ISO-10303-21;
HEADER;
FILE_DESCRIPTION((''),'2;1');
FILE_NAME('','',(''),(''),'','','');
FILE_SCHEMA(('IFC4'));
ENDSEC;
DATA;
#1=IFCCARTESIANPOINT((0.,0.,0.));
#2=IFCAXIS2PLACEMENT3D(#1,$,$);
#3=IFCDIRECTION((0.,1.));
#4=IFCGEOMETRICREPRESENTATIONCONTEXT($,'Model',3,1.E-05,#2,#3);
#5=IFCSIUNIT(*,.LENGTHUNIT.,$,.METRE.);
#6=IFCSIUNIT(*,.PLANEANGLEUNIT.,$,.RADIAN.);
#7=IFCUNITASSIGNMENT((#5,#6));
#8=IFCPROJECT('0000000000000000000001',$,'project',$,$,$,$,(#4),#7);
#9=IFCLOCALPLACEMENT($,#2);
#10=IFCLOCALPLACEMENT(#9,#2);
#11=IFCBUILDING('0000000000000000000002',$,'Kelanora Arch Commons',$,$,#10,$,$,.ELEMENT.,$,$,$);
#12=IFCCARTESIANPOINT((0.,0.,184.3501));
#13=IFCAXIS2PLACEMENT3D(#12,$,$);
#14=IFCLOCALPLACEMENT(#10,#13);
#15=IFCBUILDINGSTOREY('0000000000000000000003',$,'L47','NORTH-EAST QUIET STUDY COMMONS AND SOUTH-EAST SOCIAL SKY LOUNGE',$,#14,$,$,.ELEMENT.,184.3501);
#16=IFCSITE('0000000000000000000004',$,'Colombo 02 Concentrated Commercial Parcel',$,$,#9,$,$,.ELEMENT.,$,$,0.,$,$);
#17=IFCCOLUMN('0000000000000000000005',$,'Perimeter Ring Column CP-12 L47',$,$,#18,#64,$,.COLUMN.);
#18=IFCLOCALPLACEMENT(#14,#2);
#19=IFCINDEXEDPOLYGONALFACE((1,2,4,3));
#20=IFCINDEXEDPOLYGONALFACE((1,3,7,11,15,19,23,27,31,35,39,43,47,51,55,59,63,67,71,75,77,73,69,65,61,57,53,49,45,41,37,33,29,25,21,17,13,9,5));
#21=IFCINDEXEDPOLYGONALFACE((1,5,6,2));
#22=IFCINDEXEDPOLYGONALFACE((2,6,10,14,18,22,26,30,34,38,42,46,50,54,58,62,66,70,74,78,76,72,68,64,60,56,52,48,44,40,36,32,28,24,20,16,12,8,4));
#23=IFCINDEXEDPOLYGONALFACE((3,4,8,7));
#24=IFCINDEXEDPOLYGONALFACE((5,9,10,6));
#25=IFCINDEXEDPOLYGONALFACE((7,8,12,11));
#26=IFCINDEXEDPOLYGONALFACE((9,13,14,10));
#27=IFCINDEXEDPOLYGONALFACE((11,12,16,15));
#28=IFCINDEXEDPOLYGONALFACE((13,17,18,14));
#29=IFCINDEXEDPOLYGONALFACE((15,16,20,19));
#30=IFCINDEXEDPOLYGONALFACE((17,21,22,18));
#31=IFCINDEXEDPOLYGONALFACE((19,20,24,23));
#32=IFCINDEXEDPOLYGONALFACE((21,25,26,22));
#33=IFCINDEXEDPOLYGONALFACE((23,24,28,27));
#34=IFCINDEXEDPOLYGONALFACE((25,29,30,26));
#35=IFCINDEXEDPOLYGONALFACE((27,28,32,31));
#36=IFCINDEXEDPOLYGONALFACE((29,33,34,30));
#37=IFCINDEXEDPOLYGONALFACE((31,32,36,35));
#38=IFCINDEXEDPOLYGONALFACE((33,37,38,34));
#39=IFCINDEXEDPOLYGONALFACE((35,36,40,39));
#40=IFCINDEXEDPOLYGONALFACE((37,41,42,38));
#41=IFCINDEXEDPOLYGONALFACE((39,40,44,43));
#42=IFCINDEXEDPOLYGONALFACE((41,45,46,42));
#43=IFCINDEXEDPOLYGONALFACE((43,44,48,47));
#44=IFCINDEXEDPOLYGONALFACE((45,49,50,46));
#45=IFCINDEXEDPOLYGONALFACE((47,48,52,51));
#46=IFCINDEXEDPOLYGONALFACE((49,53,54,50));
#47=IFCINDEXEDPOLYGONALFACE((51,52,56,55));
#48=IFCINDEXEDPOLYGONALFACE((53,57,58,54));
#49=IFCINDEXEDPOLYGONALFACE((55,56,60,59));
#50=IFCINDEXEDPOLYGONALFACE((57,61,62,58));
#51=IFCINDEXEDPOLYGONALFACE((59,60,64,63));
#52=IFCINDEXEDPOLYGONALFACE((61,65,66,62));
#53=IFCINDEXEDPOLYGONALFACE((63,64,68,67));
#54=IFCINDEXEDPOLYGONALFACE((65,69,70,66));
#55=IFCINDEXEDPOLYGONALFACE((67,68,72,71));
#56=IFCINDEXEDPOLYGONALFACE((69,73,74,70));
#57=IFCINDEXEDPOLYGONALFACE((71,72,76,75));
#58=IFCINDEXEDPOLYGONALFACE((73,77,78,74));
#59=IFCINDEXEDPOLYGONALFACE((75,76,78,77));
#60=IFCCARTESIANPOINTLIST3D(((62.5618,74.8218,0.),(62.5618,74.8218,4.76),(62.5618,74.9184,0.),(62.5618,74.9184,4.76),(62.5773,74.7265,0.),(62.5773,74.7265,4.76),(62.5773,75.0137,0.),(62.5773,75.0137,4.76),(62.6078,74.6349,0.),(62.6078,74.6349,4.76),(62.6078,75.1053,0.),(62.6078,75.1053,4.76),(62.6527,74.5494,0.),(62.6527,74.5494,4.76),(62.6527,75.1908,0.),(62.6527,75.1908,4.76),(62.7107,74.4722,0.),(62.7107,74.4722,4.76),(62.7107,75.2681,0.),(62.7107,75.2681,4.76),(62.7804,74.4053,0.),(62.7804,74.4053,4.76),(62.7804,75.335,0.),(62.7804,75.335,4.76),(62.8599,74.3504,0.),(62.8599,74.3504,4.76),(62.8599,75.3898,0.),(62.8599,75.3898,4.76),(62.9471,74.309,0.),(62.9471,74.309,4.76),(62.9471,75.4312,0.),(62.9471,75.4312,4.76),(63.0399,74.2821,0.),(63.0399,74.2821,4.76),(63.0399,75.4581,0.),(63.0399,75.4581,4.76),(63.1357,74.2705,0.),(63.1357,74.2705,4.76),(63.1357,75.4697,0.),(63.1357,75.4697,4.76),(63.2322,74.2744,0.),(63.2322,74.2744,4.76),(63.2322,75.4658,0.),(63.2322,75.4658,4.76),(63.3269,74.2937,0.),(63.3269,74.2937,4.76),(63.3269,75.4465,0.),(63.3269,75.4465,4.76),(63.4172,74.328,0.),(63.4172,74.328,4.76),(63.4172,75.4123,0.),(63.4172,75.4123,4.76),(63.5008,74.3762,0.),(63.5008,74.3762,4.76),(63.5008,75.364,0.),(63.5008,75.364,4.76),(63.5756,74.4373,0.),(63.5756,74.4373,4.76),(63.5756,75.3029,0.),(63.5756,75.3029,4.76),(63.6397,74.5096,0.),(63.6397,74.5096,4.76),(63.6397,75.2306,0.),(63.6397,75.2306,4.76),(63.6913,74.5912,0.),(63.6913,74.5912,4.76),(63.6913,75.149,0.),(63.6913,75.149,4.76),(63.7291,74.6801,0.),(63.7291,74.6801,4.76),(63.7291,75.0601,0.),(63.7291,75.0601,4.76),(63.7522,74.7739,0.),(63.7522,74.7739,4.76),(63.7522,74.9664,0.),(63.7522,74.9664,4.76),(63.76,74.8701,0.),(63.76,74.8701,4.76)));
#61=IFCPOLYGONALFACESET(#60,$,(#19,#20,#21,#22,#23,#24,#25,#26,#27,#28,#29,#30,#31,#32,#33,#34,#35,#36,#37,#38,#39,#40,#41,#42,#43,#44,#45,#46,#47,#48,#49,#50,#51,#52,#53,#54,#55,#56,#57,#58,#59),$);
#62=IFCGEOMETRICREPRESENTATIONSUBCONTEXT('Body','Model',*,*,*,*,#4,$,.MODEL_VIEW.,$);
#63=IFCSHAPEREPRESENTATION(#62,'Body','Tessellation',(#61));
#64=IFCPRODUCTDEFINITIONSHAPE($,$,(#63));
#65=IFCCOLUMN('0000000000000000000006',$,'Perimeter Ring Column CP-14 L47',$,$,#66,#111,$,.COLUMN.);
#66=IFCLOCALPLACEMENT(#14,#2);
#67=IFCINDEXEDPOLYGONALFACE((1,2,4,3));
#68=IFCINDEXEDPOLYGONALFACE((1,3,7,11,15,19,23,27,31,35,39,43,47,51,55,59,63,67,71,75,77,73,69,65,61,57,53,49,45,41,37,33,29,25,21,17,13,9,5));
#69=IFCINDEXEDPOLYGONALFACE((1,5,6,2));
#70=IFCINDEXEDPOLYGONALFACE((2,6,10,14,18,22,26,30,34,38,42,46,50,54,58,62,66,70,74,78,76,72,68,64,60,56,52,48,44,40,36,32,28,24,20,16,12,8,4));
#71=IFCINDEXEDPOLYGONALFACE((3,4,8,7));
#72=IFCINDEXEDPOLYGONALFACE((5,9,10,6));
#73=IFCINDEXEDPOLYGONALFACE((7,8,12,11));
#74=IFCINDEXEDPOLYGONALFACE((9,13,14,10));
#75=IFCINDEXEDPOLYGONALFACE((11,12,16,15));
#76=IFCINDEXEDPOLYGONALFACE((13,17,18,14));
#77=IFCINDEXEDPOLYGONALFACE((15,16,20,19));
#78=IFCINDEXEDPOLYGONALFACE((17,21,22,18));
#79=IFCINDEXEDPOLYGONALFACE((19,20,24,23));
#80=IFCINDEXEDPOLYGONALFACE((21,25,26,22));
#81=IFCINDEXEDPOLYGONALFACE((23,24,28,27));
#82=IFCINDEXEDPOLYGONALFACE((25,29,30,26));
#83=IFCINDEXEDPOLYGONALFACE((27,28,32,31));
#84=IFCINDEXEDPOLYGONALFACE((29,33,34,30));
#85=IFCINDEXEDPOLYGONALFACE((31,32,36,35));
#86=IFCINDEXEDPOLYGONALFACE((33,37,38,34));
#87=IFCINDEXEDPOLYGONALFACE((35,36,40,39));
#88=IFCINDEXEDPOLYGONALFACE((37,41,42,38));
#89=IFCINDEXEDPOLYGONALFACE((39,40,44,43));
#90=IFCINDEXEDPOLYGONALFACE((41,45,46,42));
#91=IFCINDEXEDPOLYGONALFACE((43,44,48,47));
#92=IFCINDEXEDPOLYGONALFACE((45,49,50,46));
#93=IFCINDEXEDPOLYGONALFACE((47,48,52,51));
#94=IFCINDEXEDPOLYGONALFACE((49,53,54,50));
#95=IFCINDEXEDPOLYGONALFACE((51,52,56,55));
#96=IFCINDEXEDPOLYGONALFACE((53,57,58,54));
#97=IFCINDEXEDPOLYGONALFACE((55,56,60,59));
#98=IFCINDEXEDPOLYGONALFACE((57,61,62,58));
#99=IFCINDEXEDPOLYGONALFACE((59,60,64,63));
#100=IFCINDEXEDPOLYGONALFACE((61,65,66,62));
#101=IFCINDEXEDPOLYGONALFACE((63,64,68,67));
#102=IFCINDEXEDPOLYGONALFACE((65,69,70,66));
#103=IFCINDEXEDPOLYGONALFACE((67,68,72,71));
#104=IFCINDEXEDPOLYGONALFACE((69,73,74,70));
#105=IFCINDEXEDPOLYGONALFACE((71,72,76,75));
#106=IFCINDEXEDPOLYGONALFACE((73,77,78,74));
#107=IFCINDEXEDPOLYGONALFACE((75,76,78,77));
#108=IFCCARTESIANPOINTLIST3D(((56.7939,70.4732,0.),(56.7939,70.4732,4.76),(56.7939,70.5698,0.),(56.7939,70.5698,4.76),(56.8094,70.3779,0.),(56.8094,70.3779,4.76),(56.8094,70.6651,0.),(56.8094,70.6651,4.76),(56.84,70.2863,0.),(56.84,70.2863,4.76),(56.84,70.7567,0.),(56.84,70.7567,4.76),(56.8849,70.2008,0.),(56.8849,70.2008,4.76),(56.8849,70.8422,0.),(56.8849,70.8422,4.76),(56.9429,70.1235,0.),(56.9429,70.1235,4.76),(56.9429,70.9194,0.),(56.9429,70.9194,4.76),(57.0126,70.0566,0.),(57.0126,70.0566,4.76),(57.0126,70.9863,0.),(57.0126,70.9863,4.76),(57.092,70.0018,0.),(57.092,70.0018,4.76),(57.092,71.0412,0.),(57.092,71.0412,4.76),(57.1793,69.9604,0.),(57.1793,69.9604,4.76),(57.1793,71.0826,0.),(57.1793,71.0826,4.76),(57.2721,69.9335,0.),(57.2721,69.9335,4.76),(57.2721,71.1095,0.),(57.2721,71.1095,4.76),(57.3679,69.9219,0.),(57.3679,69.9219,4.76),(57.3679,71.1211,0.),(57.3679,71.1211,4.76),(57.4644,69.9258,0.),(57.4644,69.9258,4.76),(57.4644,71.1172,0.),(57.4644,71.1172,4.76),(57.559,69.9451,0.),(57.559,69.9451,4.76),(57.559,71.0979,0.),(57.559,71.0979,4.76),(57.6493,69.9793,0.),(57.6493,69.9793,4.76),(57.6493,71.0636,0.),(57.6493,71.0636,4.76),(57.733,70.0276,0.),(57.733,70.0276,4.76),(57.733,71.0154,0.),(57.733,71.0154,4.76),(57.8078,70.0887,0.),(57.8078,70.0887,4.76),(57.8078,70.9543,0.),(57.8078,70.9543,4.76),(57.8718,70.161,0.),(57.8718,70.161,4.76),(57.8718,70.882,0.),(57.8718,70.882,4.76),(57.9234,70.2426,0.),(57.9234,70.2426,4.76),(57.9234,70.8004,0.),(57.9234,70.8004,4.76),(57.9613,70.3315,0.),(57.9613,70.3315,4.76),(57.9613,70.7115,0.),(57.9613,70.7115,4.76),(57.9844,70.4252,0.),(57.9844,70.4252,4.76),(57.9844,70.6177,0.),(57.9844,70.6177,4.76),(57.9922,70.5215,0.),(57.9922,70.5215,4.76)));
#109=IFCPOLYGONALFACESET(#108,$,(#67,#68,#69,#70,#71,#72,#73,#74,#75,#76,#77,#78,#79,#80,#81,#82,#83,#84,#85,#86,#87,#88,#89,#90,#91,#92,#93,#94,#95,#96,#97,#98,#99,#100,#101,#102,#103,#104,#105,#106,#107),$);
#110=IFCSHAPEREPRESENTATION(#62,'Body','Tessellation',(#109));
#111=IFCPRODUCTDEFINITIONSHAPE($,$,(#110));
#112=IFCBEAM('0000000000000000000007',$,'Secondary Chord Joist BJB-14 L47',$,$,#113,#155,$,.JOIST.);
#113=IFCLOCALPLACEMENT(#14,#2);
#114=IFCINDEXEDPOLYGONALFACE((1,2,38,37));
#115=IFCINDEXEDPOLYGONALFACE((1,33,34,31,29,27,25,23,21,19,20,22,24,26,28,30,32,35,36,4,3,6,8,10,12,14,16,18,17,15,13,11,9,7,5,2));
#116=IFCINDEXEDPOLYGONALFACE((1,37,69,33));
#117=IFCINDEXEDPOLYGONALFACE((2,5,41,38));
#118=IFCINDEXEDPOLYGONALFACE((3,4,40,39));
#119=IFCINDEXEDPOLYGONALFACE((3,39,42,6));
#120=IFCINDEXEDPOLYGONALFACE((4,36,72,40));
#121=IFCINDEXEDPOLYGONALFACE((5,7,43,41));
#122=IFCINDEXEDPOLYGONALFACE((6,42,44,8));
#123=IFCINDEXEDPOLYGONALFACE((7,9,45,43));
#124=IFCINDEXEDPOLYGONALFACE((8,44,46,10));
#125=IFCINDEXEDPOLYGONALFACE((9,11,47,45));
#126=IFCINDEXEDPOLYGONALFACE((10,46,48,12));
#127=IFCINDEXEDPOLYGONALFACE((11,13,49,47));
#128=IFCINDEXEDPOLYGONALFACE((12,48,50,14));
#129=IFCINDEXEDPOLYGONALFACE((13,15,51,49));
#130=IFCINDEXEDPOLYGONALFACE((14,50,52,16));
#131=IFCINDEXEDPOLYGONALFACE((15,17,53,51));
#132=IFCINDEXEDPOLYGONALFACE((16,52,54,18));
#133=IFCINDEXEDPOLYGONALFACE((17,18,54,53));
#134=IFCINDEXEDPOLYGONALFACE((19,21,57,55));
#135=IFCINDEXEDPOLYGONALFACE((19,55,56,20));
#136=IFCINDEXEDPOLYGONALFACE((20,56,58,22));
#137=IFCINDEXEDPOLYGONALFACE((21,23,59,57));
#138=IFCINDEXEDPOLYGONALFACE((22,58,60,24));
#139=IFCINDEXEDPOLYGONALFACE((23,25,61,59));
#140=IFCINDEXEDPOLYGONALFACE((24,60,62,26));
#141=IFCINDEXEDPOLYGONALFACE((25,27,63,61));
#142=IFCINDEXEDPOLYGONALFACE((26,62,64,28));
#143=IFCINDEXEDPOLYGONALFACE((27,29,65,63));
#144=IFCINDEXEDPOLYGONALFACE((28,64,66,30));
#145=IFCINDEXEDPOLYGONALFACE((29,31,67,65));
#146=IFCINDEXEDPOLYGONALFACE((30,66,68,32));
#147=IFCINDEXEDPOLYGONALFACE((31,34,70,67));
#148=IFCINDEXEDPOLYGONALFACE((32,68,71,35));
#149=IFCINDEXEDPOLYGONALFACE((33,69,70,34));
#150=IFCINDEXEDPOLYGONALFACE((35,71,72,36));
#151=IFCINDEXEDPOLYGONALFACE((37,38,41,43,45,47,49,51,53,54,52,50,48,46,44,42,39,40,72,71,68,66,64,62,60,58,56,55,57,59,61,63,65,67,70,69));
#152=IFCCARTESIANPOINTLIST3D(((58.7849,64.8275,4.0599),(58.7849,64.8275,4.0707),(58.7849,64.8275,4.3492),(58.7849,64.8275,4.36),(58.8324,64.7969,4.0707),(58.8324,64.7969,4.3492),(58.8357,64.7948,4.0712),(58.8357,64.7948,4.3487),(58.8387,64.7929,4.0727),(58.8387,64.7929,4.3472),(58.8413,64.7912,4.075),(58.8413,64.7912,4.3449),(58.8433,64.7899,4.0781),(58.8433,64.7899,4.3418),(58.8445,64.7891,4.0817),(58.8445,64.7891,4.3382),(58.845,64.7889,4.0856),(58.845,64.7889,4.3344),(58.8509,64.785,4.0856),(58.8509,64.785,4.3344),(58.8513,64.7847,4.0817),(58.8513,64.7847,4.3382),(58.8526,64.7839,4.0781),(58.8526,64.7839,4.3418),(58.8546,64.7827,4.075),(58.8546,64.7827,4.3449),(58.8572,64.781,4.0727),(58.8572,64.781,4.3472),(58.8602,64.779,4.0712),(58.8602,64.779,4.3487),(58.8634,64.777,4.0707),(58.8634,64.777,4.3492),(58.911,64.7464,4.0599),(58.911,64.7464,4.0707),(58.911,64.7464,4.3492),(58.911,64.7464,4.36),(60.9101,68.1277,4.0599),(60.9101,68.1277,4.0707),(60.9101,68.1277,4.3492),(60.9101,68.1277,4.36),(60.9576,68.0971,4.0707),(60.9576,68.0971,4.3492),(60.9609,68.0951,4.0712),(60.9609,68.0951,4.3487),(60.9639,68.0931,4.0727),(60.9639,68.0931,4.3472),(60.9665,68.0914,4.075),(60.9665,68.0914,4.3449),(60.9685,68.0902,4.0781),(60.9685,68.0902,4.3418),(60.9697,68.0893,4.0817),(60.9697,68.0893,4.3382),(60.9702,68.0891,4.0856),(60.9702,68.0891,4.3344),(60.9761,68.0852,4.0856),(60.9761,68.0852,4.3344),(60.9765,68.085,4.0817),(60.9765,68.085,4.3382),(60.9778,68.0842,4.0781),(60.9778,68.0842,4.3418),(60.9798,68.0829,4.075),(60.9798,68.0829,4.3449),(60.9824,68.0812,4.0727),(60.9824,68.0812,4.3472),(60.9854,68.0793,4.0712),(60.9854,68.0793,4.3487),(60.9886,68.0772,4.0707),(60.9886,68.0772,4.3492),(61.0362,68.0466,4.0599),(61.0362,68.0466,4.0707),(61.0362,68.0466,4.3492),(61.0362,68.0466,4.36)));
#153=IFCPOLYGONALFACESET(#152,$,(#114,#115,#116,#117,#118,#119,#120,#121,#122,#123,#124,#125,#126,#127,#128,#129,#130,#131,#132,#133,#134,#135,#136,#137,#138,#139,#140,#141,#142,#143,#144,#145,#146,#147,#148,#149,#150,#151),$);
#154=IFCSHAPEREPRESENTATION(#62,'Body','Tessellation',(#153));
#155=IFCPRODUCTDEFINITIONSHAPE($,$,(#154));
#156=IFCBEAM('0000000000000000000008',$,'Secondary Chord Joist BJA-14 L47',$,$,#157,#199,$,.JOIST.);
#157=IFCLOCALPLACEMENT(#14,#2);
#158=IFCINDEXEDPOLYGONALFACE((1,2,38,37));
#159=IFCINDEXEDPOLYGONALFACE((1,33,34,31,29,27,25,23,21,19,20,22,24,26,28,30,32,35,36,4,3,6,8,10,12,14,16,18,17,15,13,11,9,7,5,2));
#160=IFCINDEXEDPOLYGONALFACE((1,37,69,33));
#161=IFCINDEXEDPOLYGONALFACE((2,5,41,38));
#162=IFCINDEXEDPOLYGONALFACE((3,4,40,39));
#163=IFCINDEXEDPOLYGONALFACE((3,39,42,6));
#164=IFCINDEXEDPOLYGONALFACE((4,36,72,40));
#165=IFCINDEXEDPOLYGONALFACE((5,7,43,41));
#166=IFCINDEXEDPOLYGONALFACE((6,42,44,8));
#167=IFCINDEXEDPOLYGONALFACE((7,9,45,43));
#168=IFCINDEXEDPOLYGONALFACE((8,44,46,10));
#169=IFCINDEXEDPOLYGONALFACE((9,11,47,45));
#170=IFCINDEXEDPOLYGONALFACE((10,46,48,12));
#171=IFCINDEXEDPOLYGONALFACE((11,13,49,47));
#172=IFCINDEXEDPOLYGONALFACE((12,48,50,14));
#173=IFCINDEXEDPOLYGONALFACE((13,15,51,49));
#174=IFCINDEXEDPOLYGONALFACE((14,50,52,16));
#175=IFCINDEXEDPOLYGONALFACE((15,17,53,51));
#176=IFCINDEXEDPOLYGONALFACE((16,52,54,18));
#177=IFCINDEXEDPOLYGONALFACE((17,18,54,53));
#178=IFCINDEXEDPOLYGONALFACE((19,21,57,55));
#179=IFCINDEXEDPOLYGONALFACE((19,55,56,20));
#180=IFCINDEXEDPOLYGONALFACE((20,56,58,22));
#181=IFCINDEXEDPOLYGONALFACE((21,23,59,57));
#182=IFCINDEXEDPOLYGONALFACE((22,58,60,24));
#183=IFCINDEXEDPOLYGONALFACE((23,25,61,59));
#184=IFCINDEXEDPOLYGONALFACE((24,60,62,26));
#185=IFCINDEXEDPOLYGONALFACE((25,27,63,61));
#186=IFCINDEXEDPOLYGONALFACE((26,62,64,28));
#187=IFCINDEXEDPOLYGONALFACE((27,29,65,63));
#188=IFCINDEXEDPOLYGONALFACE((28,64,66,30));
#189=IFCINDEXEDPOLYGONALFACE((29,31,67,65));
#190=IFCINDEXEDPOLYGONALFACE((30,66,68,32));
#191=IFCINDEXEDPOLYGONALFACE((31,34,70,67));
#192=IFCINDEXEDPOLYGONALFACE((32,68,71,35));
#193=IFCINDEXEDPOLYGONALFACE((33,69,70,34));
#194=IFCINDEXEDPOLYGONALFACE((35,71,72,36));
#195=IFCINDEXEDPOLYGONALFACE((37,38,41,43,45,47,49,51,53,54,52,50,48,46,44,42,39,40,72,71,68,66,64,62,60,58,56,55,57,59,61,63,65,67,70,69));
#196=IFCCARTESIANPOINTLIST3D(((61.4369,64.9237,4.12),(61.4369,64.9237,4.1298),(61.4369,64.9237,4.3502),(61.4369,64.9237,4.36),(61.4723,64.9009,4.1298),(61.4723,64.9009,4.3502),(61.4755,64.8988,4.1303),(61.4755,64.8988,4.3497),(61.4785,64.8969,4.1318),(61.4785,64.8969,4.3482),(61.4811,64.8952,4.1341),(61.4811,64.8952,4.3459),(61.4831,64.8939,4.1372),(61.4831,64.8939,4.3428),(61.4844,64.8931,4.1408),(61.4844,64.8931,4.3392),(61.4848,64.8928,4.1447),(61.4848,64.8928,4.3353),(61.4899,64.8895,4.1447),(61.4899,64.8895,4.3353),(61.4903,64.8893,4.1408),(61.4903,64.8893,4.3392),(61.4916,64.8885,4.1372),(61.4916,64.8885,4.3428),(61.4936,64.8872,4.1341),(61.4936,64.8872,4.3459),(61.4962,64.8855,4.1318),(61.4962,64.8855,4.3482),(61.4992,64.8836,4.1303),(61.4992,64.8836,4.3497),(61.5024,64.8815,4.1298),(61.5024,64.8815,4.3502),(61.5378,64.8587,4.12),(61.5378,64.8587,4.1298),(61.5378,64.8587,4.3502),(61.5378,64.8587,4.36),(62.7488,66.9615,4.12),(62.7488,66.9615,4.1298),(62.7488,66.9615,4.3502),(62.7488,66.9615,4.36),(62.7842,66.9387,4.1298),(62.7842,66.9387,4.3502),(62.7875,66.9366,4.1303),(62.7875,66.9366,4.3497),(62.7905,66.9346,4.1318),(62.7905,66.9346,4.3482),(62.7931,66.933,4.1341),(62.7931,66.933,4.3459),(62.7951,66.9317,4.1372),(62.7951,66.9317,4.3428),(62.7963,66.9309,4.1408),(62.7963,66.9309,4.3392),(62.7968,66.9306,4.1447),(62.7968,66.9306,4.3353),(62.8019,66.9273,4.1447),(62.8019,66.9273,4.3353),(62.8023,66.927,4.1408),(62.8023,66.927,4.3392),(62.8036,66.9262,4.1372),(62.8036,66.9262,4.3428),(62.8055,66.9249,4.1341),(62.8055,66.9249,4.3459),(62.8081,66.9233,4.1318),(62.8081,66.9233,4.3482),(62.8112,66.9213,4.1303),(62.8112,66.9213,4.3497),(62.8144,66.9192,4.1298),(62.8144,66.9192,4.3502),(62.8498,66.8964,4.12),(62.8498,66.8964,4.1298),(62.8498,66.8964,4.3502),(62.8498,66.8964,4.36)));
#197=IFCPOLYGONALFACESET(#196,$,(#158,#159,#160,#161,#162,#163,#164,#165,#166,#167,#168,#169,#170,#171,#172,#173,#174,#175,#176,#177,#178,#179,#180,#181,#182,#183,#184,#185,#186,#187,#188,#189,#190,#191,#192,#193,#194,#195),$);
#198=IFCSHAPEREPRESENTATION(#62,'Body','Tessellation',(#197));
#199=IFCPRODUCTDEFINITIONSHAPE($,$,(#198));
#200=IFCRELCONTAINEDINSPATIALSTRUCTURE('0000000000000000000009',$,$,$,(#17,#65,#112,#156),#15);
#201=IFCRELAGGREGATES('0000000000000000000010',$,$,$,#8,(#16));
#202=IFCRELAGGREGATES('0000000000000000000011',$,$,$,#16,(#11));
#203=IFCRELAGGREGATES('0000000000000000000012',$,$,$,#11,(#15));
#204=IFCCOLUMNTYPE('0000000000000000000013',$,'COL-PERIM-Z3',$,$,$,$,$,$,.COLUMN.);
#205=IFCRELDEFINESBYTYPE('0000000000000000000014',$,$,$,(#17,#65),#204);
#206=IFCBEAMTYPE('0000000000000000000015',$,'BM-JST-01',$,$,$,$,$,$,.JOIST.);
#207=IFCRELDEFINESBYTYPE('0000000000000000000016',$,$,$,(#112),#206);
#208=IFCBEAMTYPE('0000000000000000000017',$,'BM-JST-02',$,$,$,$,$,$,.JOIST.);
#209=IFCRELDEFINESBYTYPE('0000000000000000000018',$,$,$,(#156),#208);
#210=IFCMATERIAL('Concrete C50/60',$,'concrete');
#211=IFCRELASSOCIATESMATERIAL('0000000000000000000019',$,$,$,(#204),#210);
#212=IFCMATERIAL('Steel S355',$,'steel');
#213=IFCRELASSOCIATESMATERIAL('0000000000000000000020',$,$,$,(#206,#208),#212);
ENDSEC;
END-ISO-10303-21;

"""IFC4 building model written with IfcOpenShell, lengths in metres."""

from ifc_helpers import new_model, si_unit, direction, frame, origin, origin_2d, place, context, subcontext, project, spatial, circle, i_section, extrude, material, material_profile, profile_set, type_object, element, save


model = new_model("IFC4")

# Units and contexts
model_context = context("Model", 3, precision=1e-05, world=origin(), true_north=direction((0.0, 1.0)))
body_context = subcontext(model_context, "Body", "Model", "MODEL_VIEW")
ifc_project = project(units=[si_unit("LENGTHUNIT", "METRE"), si_unit("PLANEANGLEUNIT", "RADIAN")], contexts=[model_context])

# Site, building, storey
site_placement = place(None, origin())
site = spatial("IfcSite", under=ifc_project, at=site_placement, Name="Colombo 02 Concentrated Commercial Parcel", CompositionType="ELEMENT", RefElevation=0.0)
building_placement = place(site_placement, origin())
building = spatial("IfcBuilding", under=site, at=building_placement, Name="Kelanora Arch Commons", CompositionType="ELEMENT")
storey_placement = place(building_placement, frame((0.0, 0.0, 184.3501)))
storey = spatial("IfcBuildingStorey", under=building, at=storey_placement, Name="L47", Description="NORTH-EAST QUIET STUDY COMMONS AND SOUTH-EAST SOCIAL SKY LOUNGE", CompositionType="ELEMENT", Elevation=184.3501)

# Columns
ifc_material_1 = material(Name="Concrete C50/60", Category="concrete")
ifc_material_profile_1 = material_profile(ifc_material_1, circle(Radius=0.6001, at=origin_2d()), Name="RCC1200")
ifc_profile_set_1 = profile_set([ifc_material_profile_1], Name="Concrete C50/60")
column_type = type_object("IfcColumnType", Name="COL-PERIM-Z3", PredefinedType="COLUMN", material=ifc_profile_set_1)
for number, where, z_axis, x_axis, name in (
    (1, (63.1599, 74.8701, 0.0), (0.0, 0.0, 1.0), (1.0, 0.0, 0.0), "Perimeter Ring Column CP-12 L47"),
    (2, (57.3921, 70.5215, 0.0), (0.0, 0.0, 1.0), (1.0, 0.0, 0.0), "Perimeter Ring Column CP-14 L47"),
):
    element("IfcColumn", number, at=place(storey_placement, frame(where, z_axis=z_axis, x_axis=x_axis)), inside=storey, type_object=column_type, Name=name, PredefinedType="COLUMN", context=body_context, shape_type="SweptSolid", body=[
        extrude(circle(Radius=0.6001, at=origin_2d()), origin(), (0.0, 0.0, 1.0), 4.76),
    ])

# Beams
ifc_material_2 = material(Name="Steel S355", Category="steel")
ifc_material_profile_2 = material_profile(ifc_material_2, i_section(OverallWidth=0.1499, OverallDepth=0.3, WebThickness=0.0071, FlangeThickness=0.0107, FilletRadius=0.0149, at=origin_2d()), Name="IPE300")
ifc_profile_set_2 = profile_set([ifc_material_profile_2], Name="Steel S355")
beam_type_1 = type_object("IfcBeamType", Name="BM-JST-01", PredefinedType="JOIST", material=ifc_profile_set_2)
beam_1_placement = place(storey_placement, frame((60.9731, 68.0872, 4.21), z_axis=(-0.541411, -0.840758, 0.0), x_axis=(0.840758, -0.541411, 0.0)))
element("IfcBeam", 3, at=beam_1_placement, inside=storey, type_object=beam_type_1, Name="Secondary Chord Joist BJB-14 L47", PredefinedType="JOIST", context=body_context, shape_type="SweptSolid", body=[
    extrude(i_section(OverallWidth=0.1499, OverallDepth=0.3, WebThickness=0.0071, FlangeThickness=0.0107, FilletRadius=0.0149, at=origin_2d()), origin(), (0.0, 0.0, 1.0), 3.9253),
])
ifc_material_profile_3 = material_profile(ifc_material_2, i_section(OverallWidth=0.1201, OverallDepth=0.24, WebThickness=0.0061, FlangeThickness=0.0098, FilletRadius=0.0149, at=origin_2d()), Name="IPE240")
ifc_profile_set_3 = profile_set([ifc_material_profile_3], Name="Steel S355")
beam_type_2 = type_object("IfcBeamType", Name="BM-JST-02", PredefinedType="JOIST", material=ifc_profile_set_3)
beam_2_placement = place(storey_placement, frame((62.7993, 66.929, 4.24), z_axis=(-0.541333, -0.840808, 0.0), x_axis=(0.840808, -0.541333, 0.0)))
element("IfcBeam", 4, at=beam_2_placement, inside=storey, type_object=beam_type_2, Name="Secondary Chord Joist BJA-14 L47", PredefinedType="JOIST", context=body_context, shape_type="SweptSolid", body=[
    extrude(i_section(OverallWidth=0.1201, OverallDepth=0.24, WebThickness=0.0061, FlangeThickness=0.0098, FilletRadius=0.0149, at=origin_2d()), origin(), (0.0, 0.0, 1.0), 2.4236),
])

save(model, "model.ifc")
